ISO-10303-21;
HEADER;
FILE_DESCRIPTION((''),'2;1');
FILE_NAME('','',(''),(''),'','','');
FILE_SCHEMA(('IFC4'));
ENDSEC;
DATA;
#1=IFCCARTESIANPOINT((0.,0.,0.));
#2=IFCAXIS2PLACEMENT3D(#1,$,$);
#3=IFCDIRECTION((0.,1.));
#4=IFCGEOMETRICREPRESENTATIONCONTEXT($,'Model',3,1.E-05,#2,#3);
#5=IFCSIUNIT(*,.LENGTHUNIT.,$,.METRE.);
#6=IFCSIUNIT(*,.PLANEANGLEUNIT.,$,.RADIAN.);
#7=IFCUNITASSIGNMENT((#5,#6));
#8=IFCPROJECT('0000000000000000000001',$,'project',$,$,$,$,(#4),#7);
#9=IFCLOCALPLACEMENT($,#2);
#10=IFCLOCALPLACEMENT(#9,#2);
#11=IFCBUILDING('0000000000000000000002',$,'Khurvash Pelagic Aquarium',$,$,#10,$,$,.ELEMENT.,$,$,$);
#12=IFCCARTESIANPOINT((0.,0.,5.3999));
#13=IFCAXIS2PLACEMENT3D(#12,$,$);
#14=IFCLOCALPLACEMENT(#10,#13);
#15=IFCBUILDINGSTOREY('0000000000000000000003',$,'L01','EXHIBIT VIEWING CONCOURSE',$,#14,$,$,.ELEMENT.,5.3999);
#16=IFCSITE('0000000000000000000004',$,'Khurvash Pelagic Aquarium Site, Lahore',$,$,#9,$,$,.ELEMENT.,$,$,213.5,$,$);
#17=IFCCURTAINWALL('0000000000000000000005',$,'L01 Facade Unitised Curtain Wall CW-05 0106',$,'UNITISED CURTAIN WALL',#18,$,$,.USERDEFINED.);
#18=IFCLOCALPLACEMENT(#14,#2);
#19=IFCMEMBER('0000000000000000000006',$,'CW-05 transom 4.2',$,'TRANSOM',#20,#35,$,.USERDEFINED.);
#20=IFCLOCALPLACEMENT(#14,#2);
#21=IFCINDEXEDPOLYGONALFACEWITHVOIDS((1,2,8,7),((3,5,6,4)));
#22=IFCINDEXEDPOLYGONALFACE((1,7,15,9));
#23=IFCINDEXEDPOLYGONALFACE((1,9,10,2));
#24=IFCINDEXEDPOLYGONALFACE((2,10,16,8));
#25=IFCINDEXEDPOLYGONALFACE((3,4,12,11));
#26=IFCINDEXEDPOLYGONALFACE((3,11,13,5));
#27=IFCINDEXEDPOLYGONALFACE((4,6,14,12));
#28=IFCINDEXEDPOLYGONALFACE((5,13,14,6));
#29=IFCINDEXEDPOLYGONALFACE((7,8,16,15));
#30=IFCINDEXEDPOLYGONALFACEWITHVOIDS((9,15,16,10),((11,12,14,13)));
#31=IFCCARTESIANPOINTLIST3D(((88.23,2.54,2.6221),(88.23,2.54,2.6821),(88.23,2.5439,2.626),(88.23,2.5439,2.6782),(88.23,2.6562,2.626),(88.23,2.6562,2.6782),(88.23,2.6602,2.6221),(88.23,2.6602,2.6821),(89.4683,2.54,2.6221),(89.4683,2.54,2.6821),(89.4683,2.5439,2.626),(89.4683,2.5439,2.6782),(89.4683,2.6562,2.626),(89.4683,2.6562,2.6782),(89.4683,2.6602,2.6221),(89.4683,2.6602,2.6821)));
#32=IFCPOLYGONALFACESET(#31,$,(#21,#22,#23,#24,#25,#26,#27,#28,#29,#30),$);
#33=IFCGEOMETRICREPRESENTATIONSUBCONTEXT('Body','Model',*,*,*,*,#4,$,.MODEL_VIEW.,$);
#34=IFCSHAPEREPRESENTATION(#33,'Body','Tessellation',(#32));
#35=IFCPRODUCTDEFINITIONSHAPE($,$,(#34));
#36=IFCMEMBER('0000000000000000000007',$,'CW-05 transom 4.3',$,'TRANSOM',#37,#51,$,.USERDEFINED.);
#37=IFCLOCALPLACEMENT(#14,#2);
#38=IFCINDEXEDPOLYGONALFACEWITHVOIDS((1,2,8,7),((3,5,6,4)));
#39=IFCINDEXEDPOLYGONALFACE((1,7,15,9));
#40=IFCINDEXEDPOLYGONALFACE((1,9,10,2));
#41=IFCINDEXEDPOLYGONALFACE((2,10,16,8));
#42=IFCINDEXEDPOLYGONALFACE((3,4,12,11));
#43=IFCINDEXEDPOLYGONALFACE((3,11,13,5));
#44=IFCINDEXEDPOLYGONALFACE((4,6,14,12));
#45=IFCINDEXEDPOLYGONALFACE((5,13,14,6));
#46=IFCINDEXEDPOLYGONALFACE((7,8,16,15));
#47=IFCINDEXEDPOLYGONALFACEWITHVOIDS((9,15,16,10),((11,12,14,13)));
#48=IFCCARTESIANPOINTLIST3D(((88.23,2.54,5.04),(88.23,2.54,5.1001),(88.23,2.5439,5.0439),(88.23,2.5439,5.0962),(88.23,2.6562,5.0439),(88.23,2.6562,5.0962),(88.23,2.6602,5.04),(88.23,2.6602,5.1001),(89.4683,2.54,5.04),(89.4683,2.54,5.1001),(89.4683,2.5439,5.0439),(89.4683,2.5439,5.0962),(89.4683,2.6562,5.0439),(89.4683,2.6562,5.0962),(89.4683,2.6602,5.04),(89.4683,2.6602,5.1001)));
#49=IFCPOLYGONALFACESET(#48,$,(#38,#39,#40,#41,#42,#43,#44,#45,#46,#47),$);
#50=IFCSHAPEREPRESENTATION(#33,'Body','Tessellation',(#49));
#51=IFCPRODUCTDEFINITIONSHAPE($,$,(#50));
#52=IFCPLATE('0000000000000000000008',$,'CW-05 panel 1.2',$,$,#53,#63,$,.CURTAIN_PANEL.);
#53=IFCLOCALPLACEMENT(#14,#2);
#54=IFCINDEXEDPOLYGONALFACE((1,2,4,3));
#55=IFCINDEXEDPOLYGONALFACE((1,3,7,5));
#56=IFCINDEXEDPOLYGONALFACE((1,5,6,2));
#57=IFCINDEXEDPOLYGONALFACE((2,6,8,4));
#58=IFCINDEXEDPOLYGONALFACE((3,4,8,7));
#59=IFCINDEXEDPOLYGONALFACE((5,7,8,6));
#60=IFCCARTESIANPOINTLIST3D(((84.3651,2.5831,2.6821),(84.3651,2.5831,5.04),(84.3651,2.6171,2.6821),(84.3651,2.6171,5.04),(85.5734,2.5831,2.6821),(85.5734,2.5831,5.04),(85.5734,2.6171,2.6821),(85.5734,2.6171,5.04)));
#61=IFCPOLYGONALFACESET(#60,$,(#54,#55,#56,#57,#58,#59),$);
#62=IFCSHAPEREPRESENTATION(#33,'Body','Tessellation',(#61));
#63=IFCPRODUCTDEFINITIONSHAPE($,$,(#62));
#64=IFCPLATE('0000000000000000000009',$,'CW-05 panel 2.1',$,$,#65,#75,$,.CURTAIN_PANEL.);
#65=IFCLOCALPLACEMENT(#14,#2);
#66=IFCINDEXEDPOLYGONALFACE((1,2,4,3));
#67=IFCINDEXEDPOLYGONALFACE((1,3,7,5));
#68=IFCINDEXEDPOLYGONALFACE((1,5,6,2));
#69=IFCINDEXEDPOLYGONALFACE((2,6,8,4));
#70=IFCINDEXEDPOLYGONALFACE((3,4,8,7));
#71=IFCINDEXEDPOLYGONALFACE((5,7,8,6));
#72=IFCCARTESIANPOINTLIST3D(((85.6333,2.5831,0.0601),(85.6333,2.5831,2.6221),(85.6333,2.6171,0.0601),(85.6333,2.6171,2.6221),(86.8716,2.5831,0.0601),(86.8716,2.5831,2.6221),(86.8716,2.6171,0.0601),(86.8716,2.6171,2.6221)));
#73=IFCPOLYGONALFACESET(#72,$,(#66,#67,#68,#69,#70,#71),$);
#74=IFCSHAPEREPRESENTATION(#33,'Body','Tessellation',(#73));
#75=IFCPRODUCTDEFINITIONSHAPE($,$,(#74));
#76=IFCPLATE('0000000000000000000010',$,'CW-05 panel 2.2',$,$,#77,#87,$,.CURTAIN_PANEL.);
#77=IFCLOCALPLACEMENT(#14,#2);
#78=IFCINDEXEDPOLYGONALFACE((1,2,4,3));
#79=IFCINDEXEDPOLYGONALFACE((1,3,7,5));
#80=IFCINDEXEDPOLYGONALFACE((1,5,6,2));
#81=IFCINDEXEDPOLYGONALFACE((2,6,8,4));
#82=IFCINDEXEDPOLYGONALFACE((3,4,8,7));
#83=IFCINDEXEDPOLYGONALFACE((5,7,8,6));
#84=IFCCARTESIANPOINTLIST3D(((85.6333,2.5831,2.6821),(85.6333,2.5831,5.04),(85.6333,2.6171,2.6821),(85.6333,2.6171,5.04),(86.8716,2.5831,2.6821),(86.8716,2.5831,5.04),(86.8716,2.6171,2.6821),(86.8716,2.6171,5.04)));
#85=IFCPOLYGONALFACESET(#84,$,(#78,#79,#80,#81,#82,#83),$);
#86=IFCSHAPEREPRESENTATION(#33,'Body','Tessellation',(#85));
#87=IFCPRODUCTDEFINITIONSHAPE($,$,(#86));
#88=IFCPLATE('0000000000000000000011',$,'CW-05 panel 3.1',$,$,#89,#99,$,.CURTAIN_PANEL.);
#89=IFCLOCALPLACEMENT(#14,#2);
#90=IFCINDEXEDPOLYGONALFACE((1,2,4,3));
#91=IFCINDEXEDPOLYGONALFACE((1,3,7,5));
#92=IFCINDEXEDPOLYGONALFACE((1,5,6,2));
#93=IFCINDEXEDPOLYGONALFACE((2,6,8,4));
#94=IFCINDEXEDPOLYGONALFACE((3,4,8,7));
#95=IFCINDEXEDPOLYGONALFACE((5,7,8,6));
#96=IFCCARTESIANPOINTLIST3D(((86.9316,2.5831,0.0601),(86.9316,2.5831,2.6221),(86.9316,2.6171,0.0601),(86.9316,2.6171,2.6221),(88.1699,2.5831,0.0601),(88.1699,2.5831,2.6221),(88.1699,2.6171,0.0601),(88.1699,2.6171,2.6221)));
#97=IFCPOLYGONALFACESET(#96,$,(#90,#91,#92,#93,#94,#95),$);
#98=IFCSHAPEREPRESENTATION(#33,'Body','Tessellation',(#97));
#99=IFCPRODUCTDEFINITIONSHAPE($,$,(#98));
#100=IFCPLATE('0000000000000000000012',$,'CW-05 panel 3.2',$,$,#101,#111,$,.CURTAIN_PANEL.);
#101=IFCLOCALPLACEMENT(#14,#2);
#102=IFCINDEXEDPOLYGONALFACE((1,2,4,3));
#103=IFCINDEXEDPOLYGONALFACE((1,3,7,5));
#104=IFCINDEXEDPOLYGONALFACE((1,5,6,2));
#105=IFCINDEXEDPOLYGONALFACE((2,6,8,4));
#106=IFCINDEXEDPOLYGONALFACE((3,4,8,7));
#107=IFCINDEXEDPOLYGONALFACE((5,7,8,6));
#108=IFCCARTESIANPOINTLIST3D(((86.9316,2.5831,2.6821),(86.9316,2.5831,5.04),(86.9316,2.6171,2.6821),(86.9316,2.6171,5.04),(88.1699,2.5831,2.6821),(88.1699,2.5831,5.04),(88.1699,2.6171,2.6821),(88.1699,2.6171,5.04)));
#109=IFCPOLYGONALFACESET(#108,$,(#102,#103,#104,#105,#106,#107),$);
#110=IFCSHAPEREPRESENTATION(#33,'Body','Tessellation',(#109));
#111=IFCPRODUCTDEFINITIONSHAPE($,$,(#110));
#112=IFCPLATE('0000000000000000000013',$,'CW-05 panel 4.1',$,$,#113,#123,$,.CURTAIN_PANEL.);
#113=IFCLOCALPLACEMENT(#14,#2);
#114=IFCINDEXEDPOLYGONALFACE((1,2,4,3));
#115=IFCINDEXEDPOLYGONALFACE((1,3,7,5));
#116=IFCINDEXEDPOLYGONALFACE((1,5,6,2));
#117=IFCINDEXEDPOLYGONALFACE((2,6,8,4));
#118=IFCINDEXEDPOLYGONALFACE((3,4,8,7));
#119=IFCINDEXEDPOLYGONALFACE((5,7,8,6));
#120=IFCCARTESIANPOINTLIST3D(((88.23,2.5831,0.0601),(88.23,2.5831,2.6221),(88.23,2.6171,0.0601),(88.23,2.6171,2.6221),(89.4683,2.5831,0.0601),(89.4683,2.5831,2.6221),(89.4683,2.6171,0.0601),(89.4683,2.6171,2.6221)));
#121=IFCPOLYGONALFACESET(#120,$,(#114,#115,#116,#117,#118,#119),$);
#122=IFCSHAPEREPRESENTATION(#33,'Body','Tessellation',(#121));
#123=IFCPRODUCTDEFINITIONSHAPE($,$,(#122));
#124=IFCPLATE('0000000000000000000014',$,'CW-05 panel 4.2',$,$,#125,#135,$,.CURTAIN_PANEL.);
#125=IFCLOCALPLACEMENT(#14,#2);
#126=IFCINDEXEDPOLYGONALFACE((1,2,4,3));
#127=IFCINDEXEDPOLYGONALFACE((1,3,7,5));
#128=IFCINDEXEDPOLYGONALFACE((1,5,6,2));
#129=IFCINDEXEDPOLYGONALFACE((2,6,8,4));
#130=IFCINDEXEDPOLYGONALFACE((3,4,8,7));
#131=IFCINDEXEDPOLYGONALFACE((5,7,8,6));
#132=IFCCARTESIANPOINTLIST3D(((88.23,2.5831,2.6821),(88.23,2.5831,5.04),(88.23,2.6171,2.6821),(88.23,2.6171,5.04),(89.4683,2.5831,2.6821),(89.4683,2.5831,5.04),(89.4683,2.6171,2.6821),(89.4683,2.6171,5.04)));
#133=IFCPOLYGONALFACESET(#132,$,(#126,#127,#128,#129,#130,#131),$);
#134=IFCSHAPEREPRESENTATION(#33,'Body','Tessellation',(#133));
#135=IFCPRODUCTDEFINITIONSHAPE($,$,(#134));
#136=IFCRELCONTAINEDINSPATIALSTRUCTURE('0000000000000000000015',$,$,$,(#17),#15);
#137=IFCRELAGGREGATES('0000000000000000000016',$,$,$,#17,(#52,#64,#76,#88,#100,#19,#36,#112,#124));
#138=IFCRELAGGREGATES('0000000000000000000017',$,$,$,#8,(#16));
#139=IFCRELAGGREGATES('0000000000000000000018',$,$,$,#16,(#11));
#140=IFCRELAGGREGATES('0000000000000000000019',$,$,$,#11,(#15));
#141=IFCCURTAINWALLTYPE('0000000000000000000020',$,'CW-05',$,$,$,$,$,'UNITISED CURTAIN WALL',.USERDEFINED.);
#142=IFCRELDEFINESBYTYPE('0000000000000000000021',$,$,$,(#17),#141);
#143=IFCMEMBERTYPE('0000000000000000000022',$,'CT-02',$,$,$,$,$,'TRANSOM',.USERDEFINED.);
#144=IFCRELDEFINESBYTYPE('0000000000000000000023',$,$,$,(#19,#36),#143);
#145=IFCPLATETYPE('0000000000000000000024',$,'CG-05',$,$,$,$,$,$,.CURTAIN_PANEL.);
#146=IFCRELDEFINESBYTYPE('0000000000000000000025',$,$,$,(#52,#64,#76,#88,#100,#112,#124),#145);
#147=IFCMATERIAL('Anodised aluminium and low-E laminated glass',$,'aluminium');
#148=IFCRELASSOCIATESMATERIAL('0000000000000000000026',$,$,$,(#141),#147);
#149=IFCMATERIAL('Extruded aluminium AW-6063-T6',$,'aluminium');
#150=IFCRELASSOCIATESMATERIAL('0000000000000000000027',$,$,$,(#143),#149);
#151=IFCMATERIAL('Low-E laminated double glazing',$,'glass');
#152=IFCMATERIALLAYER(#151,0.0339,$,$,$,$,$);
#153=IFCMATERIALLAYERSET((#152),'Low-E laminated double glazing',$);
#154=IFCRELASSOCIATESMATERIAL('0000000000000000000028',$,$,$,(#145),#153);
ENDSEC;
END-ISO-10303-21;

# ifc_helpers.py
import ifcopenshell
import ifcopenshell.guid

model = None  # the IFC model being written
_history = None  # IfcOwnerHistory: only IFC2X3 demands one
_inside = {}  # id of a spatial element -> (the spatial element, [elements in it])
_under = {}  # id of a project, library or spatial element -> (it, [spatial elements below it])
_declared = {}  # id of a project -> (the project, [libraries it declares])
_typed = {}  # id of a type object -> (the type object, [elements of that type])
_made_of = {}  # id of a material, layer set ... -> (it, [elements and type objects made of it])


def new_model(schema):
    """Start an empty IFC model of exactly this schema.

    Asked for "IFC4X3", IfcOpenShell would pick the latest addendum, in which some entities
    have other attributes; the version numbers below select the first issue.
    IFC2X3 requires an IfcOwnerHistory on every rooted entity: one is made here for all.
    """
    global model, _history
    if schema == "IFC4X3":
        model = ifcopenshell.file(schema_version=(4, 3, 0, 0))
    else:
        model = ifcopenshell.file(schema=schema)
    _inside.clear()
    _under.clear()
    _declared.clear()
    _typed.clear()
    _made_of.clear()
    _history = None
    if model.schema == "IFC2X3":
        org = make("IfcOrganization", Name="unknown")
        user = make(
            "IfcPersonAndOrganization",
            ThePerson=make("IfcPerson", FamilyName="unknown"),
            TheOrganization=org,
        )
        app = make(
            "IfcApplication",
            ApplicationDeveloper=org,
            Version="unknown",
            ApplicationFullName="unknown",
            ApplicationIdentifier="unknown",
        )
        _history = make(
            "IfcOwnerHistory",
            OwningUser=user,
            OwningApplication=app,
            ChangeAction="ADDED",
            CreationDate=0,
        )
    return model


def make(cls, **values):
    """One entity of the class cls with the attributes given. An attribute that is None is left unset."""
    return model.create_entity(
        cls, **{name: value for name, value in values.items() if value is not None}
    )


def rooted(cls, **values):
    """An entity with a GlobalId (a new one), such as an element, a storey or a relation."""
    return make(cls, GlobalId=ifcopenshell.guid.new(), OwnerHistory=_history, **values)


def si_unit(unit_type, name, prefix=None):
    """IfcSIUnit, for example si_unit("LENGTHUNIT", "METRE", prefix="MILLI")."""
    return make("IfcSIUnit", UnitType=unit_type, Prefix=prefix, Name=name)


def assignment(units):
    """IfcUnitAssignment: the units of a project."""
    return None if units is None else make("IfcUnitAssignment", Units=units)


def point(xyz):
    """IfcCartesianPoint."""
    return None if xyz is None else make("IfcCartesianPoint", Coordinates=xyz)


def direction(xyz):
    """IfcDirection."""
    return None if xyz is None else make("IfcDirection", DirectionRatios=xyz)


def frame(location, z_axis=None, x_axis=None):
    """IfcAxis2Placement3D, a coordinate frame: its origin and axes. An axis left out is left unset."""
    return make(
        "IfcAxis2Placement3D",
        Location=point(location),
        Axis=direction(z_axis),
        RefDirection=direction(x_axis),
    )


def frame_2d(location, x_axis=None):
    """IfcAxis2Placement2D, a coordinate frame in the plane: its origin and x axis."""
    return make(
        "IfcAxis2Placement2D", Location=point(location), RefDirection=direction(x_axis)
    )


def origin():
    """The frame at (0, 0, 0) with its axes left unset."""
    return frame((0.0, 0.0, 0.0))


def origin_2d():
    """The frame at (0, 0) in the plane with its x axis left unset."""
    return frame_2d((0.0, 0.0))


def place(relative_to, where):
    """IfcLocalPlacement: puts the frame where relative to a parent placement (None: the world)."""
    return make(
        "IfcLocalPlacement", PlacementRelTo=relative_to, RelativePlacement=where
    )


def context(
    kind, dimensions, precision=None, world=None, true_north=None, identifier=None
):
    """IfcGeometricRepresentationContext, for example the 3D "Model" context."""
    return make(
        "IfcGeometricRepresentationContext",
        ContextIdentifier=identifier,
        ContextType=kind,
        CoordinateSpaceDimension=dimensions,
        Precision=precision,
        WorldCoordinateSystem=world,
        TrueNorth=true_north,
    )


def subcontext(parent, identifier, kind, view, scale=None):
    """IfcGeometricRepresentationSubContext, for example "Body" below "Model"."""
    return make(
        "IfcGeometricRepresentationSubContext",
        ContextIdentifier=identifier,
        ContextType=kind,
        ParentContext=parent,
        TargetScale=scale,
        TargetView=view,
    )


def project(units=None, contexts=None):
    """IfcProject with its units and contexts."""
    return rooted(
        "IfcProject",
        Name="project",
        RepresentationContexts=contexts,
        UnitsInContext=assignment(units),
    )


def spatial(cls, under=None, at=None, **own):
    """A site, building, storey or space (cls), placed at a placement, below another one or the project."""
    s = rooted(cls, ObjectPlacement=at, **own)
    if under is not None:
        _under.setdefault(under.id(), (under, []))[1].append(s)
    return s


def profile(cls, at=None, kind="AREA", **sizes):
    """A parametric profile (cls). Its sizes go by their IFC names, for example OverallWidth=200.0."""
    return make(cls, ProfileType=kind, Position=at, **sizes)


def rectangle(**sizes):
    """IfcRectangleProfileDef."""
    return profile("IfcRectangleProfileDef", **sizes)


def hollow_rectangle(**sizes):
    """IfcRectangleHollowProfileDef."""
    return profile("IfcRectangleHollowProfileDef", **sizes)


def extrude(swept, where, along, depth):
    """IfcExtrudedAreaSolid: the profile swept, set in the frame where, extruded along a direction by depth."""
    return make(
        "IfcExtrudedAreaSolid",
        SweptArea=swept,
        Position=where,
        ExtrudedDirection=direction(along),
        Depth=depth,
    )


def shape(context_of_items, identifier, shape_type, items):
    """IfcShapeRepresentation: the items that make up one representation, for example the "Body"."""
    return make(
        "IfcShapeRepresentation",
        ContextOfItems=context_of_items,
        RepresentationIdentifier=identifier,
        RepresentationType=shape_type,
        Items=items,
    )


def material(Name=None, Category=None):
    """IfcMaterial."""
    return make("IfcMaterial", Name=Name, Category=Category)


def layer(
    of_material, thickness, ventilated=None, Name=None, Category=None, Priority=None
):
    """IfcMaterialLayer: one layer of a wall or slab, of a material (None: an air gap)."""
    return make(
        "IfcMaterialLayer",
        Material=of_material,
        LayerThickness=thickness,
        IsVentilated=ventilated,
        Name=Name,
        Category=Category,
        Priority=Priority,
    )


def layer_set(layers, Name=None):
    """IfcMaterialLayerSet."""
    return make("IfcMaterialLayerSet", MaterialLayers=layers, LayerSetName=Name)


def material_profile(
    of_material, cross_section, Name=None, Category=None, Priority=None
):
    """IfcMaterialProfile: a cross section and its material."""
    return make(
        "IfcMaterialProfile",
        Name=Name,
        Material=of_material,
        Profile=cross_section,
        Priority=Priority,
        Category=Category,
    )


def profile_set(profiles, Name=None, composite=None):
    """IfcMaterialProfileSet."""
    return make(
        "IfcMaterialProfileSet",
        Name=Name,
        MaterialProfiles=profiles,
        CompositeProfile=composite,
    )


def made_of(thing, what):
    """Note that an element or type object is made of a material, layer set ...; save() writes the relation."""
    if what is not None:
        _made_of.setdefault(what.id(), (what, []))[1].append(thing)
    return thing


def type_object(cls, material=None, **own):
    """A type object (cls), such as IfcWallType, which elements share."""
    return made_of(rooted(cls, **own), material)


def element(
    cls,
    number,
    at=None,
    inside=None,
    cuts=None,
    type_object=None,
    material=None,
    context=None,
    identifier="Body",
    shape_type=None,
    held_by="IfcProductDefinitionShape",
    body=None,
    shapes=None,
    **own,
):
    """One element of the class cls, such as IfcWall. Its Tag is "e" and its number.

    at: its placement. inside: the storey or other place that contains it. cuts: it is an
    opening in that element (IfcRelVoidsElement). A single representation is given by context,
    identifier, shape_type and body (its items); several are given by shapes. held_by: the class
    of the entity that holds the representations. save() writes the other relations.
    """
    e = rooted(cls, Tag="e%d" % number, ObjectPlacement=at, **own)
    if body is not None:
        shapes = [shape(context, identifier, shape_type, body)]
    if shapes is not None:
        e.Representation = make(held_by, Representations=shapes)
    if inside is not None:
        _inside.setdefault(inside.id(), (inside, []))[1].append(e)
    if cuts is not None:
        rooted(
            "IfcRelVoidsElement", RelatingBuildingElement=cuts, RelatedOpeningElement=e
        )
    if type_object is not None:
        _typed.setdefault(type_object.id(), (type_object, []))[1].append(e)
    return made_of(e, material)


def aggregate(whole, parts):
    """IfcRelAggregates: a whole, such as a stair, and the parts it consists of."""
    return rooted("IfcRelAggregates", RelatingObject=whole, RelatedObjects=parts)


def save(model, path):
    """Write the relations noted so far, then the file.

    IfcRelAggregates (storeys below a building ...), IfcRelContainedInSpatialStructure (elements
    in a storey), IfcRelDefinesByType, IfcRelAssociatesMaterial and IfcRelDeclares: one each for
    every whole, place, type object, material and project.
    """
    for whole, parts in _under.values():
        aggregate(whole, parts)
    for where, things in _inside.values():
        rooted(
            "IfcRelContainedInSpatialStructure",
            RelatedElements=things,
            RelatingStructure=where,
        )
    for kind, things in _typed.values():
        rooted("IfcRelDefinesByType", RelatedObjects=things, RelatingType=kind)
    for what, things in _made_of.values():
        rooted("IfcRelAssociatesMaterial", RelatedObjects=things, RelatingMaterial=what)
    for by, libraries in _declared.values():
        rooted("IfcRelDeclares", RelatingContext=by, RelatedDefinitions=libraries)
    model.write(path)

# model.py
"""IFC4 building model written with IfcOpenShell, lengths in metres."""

from ifc_helpers import new_model, si_unit, direction, frame, origin, origin_2d, place, context, subcontext, project, spatial, rectangle, hollow_rectangle, extrude, material, layer, layer_set, material_profile, profile_set, type_object, element, aggregate, save


model = new_model("IFC4")

# Units and contexts
model_context = context("Model", 3, precision=1e-05, world=origin(), true_north=direction((0.0, 1.0)))
body_context = subcontext(model_context, "Body", "Model", "MODEL_VIEW")
ifc_project = project(units=[si_unit("LENGTHUNIT", "METRE"), si_unit("PLANEANGLEUNIT", "RADIAN")], contexts=[model_context])

# Site, building, storey
site_placement = place(None, origin())
site = spatial("IfcSite", under=ifc_project, at=site_placement, Name="Khurvash Pelagic Aquarium Site, Lahore", CompositionType="ELEMENT", RefElevation=213.5)
building_placement = place(site_placement, origin())
building = spatial("IfcBuilding", under=site, at=building_placement, Name="Khurvash Pelagic Aquarium", CompositionType="ELEMENT")
storey_placement = place(building_placement, frame((0.0, 0.0, 5.3999)))
storey = spatial("IfcBuildingStorey", under=building, at=storey_placement, Name="L01", Description="EXHIBIT VIEWING CONCOURSE", CompositionType="ELEMENT", Elevation=5.3999)

# Curtain wall, members, plates
ifc_material_1 = material(Name="Anodised aluminium and low-E laminated glass", Category="aluminium")
curtain_wall_type = type_object("IfcCurtainWallType", Name="CW-05", ElementType="UNITISED CURTAIN WALL", PredefinedType="USERDEFINED", material=ifc_material_1)
curtain_wall_placement = place(storey_placement, origin())
curtain_wall = element("IfcCurtainWall", 1, at=curtain_wall_placement, inside=storey, type_object=curtain_wall_type, Name="L01 Facade Unitised Curtain Wall CW-05 0106", ObjectType="UNITISED CURTAIN WALL", PredefinedType="USERDEFINED")
ifc_material_2 = material(Name="Extruded aluminium AW-6063-T6", Category="aluminium")
ifc_material_profile_1 = material_profile(ifc_material_2, hollow_rectangle(XDim=0.1201, YDim=0.0601, WallThickness=0.0039, at=origin_2d()), Name="CWT120X60X4")
ifc_profile_set_1 = profile_set([ifc_material_profile_1], Name="Extruded aluminium AW-6063-T6")
member_type_1 = type_object("IfcMemberType", Name="CT-02", ElementType="TRANSOM", PredefinedType="USERDEFINED", material=ifc_profile_set_1)
member_1_placement = place(storey_placement, frame((88.23, 2.6001, 2.6521), z_axis=(1.0, 0.0, 0.0), x_axis=(0.0, 1.0, 0.0)))
member_1 = element("IfcMember", 2, at=member_1_placement, type_object=member_type_1, Name="CW-05 transom 4.2", ObjectType="TRANSOM", PredefinedType="USERDEFINED", context=body_context, shape_type="SweptSolid", body=[
    extrude(hollow_rectangle(XDim=0.1201, YDim=0.0601, WallThickness=0.0039, at=origin_2d()), origin(), (0.0, 0.0, 1.0), 1.2383),
])
member_2_placement = place(storey_placement, frame((88.23, 2.6001, 5.0701), z_axis=(1.0, 0.0, 0.0), x_axis=(0.0, 1.0, 0.0)))
member_2 = element("IfcMember", 3, at=member_2_placement, type_object=member_type_1, Name="CW-05 transom 4.3", ObjectType="TRANSOM", PredefinedType="USERDEFINED", context=body_context, shape_type="SweptSolid", body=[
    extrude(hollow_rectangle(XDim=0.1201, YDim=0.0601, WallThickness=0.0039, at=origin_2d()), origin(), (0.0, 0.0, 1.0), 1.2383),
])
ifc_material_3 = material(Name="Low-E laminated double glazing", Category="glass")
ifc_layer = layer(ifc_material_3, 0.0339)
ifc_layer_set = layer_set([ifc_layer], Name="Low-E laminated double glazing")
plate_type = type_object("IfcPlateType", Name="CG-05", PredefinedType="CURTAIN_PANEL", material=ifc_layer_set)
plate_1_placement = place(storey_placement, frame((84.9692, 2.6001, 2.6821), z_axis=(0.0, 0.0, 1.0), x_axis=(1.0, 0.0, 0.0)))
plate_1 = element("IfcPlate", 4, at=plate_1_placement, type_object=plate_type, Name="CW-05 panel 1.2", PredefinedType="CURTAIN_PANEL", context=body_context, shape_type="SweptSolid", body=[
    extrude(rectangle(XDim=1.2083, YDim=0.0339, at=origin_2d()), origin(), (0.0, 0.0, 1.0), 2.3579),
])
plate_2_placement = place(storey_placement, frame((86.2524, 2.6001, 0.0601), z_axis=(0.0, 0.0, 1.0), x_axis=(1.0, 0.0, 0.0)))
plate_2 = element("IfcPlate", 5, at=plate_2_placement, type_object=plate_type, Name="CW-05 panel 2.1", PredefinedType="CURTAIN_PANEL", context=body_context, shape_type="SweptSolid", body=[
    extrude(rectangle(XDim=1.2383, YDim=0.0339, at=origin_2d()), origin(), (0.0, 0.0, 1.0), 2.562),
])
plate_3_placement = place(storey_placement, frame((86.2524, 2.6001, 2.6821), z_axis=(0.0, 0.0, 1.0), x_axis=(1.0, 0.0, 0.0)))
plate_3 = element("IfcPlate", 6, at=plate_3_placement, type_object=plate_type, Name="CW-05 panel 2.2", PredefinedType="CURTAIN_PANEL", context=body_context, shape_type="SweptSolid", body=[
    extrude(rectangle(XDim=1.2383, YDim=0.0339, at=origin_2d()), origin(), (0.0, 0.0, 1.0), 2.3579),
])
plate_4_placement = place(storey_placement, frame((87.5508, 2.6001, 0.0601), z_axis=(0.0, 0.0, 1.0), x_axis=(1.0, 0.0, 0.0)))
plate_4 = element("IfcPlate", 7, at=plate_4_placement, type_object=plate_type, Name="CW-05 panel 3.1", PredefinedType="CURTAIN_PANEL", context=body_context, shape_type="SweptSolid", body=[
    extrude(rectangle(XDim=1.2383, YDim=0.0339, at=origin_2d()), origin(), (0.0, 0.0, 1.0), 2.562),
])
plate_5_placement = place(storey_placement, frame((87.5508, 2.6001, 2.6821), z_axis=(0.0, 0.0, 1.0), x_axis=(1.0, 0.0, 0.0)))
plate_5 = element("IfcPlate", 8, at=plate_5_placement, type_object=plate_type, Name="CW-05 panel 3.2", PredefinedType="CURTAIN_PANEL", context=body_context, shape_type="SweptSolid", body=[
    extrude(rectangle(XDim=1.2383, YDim=0.0339, at=origin_2d()), origin(), (0.0, 0.0, 1.0), 2.3579),
])
plate_6_placement = place(storey_placement, frame((88.8491, 2.6001, 0.0601), z_axis=(0.0, 0.0, 1.0), x_axis=(1.0, 0.0, 0.0)))
plate_6 = element("IfcPlate", 9, at=plate_6_placement, type_object=plate_type, Name="CW-05 panel 4.1", PredefinedType="CURTAIN_PANEL", context=body_context, shape_type="SweptSolid", body=[
    extrude(rectangle(XDim=1.2383, YDim=0.0339, at=origin_2d()), origin(), (0.0, 0.0, 1.0), 2.562),
])
plate_7_placement = place(storey_placement, frame((88.8491, 2.6001, 2.6821), z_axis=(0.0, 0.0, 1.0), x_axis=(1.0, 0.0, 0.0)))
plate_7 = element("IfcPlate", 10, at=plate_7_placement, type_object=plate_type, Name="CW-05 panel 4.2", PredefinedType="CURTAIN_PANEL", context=body_context, shape_type="SweptSolid", body=[
    extrude(rectangle(XDim=1.2383, YDim=0.0339, at=origin_2d()), origin(), (0.0, 0.0, 1.0), 2.3579),
])
aggregate(curtain_wall, [plate_1, plate_2, plate_3, plate_4, plate_5, member_1, member_2, plate_6, plate_7])

save(model, "model.ifc")
